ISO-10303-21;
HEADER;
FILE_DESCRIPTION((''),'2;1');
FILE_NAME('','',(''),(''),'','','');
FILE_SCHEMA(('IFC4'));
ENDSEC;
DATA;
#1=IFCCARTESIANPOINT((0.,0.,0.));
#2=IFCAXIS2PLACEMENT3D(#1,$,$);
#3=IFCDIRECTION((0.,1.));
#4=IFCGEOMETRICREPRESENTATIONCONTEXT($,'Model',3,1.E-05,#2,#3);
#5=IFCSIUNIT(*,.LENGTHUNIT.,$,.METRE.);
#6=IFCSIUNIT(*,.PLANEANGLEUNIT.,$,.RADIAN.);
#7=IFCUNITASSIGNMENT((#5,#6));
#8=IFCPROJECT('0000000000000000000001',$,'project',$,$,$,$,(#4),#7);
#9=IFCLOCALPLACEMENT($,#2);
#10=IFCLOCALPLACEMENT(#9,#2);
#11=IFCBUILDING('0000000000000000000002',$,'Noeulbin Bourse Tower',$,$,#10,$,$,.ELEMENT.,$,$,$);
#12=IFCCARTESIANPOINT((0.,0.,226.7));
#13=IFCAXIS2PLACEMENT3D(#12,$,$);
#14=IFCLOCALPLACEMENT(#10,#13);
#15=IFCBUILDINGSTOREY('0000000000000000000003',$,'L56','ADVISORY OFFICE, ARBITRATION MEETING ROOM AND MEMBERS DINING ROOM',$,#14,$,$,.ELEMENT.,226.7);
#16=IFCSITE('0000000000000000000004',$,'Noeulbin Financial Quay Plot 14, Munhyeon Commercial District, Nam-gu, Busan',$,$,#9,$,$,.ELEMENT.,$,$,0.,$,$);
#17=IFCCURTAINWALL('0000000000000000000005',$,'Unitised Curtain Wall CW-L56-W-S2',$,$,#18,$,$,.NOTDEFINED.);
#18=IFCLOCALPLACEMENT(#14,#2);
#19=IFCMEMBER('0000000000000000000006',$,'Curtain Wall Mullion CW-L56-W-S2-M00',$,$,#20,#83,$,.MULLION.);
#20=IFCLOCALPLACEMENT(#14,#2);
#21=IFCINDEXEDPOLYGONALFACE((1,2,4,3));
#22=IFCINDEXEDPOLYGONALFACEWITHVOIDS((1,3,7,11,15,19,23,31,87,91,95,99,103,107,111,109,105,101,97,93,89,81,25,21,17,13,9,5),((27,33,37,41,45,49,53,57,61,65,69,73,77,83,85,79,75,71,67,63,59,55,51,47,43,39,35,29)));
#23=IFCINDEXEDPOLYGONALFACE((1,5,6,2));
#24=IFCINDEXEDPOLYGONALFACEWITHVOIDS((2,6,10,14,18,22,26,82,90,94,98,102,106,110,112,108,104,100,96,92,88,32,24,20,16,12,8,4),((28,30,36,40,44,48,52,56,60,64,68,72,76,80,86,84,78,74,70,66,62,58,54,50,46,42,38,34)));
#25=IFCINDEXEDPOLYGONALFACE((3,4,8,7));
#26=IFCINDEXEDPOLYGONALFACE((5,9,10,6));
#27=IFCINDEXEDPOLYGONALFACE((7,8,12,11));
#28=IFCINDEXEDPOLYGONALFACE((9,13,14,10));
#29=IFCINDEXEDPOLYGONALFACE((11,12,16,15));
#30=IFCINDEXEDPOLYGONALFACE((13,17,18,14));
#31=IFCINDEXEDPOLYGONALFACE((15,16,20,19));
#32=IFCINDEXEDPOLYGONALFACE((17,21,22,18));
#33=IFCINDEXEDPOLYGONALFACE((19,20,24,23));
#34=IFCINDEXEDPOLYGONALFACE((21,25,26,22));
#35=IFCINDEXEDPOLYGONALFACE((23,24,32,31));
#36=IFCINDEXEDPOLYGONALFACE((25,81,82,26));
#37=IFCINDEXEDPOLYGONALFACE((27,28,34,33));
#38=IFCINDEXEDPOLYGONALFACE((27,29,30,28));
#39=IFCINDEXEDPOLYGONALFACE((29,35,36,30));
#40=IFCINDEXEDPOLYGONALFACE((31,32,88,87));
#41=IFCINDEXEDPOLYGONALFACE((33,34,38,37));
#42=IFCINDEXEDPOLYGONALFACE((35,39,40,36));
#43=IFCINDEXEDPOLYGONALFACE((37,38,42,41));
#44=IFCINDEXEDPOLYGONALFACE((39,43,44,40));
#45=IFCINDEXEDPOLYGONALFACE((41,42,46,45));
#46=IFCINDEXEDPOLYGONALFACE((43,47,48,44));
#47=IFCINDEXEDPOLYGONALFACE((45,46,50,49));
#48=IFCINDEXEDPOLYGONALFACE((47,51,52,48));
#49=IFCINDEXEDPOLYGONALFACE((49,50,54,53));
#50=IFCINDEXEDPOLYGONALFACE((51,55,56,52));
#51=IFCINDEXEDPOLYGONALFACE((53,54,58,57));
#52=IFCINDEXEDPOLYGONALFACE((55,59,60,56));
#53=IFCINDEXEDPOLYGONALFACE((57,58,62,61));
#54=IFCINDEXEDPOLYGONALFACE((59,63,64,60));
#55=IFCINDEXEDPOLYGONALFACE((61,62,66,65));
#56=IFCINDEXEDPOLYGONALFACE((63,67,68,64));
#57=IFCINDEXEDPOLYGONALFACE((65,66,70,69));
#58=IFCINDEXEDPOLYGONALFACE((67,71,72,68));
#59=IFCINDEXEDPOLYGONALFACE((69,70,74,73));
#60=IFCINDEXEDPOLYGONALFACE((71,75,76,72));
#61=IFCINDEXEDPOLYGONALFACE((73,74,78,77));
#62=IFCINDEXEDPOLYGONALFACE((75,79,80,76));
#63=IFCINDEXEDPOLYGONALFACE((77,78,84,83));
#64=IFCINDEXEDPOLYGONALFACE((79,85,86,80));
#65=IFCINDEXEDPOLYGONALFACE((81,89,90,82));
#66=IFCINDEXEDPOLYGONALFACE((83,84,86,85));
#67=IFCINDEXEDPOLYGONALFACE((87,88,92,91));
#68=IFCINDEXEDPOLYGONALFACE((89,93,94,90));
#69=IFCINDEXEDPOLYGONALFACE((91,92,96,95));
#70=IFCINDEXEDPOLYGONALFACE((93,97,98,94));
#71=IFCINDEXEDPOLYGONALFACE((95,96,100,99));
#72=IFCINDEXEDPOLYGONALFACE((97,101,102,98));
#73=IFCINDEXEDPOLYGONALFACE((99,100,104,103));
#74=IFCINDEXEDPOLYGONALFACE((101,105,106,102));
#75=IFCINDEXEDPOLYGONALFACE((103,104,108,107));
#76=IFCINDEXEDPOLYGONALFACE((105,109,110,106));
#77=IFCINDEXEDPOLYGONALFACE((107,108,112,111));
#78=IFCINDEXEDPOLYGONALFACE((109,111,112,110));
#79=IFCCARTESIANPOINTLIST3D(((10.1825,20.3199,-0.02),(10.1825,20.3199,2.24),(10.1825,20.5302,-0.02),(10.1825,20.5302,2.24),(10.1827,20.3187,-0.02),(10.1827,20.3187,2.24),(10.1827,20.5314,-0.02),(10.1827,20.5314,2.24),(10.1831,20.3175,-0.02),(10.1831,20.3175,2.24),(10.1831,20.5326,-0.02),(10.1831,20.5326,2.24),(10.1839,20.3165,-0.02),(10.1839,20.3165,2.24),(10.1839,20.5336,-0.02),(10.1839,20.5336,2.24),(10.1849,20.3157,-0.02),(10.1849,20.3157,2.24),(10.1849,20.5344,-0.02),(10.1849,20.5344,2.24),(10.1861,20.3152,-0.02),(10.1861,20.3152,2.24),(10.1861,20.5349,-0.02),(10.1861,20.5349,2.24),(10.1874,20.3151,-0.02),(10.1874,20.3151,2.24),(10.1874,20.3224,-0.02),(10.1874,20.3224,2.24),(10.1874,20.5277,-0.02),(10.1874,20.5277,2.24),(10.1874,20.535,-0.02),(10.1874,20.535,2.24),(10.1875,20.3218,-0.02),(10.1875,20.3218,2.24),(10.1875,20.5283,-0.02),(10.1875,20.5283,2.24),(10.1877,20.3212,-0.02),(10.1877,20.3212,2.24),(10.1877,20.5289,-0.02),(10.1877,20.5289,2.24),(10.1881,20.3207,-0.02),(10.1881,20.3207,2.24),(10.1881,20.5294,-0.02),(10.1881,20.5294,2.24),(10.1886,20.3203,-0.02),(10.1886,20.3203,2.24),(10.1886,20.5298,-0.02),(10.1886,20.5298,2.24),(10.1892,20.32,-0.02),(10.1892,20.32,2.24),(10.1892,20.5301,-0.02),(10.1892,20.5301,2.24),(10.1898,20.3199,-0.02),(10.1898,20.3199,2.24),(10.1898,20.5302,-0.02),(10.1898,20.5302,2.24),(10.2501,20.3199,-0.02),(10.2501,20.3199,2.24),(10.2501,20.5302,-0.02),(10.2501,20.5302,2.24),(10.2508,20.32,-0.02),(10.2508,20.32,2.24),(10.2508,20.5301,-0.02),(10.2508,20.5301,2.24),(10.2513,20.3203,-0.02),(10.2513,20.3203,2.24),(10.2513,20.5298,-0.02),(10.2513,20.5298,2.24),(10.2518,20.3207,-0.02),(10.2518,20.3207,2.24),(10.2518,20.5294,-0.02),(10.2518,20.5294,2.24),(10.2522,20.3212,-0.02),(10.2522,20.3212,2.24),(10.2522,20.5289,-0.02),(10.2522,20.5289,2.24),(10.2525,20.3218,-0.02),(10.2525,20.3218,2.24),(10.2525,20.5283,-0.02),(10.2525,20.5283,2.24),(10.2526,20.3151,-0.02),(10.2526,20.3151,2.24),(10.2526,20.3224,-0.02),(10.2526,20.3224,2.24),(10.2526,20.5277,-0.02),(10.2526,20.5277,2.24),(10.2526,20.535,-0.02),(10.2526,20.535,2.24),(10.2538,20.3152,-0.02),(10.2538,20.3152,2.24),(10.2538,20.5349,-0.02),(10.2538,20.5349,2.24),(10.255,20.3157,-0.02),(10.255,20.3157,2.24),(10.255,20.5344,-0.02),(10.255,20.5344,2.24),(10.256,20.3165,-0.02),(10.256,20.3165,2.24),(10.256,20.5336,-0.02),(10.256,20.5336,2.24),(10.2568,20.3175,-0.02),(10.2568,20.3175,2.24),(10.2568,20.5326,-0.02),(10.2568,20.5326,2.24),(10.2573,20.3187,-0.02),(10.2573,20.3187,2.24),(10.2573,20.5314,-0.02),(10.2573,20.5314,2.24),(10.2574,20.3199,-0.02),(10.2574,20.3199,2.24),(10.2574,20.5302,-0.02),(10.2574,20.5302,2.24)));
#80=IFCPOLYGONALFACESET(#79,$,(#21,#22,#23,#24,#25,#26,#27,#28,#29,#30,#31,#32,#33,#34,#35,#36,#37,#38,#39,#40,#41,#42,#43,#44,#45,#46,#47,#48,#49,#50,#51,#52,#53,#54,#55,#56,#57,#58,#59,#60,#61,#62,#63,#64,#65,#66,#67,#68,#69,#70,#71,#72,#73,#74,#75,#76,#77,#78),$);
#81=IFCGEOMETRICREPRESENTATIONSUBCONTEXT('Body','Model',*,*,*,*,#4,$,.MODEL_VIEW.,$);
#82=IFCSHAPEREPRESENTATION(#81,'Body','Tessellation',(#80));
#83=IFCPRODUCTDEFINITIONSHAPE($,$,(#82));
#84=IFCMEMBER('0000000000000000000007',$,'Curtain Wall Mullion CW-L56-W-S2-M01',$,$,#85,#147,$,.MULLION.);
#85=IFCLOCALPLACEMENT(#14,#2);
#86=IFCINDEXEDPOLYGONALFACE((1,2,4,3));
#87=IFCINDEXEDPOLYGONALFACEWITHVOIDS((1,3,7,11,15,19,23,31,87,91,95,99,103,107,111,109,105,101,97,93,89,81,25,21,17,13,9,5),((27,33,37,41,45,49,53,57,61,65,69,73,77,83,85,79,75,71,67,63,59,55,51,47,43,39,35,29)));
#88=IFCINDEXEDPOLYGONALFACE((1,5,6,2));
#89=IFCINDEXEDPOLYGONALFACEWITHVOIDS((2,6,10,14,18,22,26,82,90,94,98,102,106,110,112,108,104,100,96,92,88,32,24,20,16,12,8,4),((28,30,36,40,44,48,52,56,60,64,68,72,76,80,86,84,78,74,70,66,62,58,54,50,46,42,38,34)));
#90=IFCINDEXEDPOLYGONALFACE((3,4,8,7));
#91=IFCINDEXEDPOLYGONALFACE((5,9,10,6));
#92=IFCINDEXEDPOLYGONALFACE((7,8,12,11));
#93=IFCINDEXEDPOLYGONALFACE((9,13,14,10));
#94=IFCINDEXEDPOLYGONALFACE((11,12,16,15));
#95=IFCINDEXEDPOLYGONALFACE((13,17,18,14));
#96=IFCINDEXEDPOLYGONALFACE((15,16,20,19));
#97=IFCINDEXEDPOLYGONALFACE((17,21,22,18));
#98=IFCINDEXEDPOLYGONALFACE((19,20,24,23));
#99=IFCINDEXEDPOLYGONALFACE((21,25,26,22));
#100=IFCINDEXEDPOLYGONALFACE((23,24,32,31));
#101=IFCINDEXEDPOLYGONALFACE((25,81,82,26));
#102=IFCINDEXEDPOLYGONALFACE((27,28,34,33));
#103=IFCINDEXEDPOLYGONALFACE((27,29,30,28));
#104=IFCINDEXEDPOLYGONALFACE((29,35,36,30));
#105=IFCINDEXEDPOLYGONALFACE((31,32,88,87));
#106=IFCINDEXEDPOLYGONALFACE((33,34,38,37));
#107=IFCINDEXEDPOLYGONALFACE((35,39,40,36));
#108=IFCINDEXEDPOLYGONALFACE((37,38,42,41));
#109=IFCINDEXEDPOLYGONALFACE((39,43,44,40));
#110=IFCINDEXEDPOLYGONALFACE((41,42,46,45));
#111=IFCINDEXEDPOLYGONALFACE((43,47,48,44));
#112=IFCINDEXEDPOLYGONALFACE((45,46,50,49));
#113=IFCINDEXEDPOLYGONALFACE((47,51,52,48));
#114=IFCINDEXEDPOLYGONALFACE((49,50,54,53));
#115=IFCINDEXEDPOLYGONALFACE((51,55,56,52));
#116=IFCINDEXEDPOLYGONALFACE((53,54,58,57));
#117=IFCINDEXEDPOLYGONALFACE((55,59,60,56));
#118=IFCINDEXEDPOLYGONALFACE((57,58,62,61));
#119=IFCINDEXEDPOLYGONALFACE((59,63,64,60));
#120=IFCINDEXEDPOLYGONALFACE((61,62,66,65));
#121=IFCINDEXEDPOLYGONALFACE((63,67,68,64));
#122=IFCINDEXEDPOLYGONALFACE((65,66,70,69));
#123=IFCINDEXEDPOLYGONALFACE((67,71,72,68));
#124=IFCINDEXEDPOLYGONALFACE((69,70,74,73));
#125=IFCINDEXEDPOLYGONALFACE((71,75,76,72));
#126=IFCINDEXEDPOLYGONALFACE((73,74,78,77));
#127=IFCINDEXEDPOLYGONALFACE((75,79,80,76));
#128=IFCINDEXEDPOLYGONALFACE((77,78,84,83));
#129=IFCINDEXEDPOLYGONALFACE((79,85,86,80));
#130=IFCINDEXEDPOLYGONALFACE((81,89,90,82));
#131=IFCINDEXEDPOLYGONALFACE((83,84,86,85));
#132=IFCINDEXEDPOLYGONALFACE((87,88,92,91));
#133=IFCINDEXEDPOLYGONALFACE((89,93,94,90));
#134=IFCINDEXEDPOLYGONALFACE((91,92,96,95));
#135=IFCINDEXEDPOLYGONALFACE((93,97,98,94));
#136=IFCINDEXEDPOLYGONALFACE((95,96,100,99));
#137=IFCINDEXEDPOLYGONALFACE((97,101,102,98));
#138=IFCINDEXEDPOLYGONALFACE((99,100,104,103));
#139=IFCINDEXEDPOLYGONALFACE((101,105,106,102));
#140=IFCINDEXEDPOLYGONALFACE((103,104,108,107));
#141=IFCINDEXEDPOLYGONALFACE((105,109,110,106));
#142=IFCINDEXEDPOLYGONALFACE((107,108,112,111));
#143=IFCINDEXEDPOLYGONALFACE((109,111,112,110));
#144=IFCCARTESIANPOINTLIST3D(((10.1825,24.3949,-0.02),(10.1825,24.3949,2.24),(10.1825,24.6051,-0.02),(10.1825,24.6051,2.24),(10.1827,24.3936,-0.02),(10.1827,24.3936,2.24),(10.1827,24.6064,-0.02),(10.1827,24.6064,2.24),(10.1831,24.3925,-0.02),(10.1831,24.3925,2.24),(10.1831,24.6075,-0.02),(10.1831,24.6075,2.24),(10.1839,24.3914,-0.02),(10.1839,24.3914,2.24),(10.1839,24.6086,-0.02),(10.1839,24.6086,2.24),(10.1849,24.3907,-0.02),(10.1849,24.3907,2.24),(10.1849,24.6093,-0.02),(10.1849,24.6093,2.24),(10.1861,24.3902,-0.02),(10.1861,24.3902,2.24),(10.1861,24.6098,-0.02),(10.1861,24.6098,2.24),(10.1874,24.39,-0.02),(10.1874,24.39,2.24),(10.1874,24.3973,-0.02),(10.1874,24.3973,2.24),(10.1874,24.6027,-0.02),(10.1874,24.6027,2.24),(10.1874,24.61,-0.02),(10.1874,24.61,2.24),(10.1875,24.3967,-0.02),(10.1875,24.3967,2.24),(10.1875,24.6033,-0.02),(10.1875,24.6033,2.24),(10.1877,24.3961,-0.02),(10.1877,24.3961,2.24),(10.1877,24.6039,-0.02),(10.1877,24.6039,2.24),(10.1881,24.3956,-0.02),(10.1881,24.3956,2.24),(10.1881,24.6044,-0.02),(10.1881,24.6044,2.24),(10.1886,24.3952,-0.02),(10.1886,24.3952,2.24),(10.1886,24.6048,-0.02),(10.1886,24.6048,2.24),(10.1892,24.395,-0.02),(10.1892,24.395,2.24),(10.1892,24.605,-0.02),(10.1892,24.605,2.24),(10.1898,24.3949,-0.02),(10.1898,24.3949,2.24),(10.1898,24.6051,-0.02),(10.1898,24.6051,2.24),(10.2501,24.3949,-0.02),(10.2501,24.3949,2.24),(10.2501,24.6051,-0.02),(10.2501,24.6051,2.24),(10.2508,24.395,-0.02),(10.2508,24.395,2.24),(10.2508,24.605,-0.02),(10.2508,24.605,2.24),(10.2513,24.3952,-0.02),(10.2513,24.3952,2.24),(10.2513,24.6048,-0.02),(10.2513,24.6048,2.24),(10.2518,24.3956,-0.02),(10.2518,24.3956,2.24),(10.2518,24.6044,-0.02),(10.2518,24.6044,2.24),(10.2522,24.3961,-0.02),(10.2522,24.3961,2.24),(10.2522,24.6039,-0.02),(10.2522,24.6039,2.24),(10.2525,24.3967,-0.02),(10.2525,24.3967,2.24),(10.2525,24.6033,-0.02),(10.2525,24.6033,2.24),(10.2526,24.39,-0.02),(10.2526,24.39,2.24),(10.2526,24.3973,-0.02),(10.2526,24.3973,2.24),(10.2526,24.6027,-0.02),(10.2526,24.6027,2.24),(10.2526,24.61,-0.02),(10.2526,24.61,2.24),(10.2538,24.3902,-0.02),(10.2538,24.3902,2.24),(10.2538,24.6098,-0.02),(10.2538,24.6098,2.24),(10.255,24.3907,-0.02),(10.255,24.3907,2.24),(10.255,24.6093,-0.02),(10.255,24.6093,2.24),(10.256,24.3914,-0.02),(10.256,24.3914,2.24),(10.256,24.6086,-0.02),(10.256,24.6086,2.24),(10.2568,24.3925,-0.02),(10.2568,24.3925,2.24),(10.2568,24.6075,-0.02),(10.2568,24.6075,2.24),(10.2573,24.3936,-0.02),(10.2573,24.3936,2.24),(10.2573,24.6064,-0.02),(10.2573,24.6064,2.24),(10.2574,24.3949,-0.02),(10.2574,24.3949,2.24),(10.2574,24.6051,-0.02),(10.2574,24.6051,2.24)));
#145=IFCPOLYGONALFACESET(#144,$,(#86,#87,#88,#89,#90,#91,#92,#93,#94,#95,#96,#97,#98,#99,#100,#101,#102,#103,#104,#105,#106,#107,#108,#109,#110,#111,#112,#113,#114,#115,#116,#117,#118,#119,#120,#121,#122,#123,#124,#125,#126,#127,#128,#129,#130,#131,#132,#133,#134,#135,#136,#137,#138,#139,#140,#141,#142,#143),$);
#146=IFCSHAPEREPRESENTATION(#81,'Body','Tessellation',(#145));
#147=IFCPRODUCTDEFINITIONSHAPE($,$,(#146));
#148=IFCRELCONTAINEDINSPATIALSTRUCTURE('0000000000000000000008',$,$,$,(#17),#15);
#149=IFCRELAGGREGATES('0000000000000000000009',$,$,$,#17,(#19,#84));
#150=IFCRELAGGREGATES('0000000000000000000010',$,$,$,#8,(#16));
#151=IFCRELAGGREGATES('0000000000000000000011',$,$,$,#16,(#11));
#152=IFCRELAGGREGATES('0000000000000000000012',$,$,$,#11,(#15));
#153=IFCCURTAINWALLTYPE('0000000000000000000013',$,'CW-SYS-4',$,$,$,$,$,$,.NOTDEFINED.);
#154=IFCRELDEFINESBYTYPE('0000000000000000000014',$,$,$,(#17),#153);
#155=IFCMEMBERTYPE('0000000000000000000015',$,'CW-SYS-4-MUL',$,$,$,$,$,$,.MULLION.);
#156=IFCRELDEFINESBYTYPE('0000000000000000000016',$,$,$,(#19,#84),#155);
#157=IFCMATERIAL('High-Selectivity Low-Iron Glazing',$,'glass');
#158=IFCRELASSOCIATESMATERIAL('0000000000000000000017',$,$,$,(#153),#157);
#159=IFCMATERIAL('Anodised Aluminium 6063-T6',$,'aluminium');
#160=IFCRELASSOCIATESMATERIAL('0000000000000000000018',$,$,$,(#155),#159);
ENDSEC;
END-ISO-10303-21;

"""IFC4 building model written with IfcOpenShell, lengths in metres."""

from ifc_helpers import new_model, si_unit, direction, frame, origin, origin_2d, place, context, subcontext, project, spatial, hollow_rectangle, extrude, material, material_profile, profile_set, type_object, element, aggregate, save


model = new_model("IFC4")

# Units and contexts
model_context = context("Model", 3, precision=1e-05, world=origin(), true_north=direction((0.0, 1.0)))
body_context = subcontext(model_context, "Body", "Model", "MODEL_VIEW")
ifc_project = project(units=[si_unit("LENGTHUNIT", "METRE"), si_unit("PLANEANGLEUNIT", "RADIAN")], contexts=[model_context])

# Site, building, storey
site_placement = place(None, origin())
site = spatial("IfcSite", under=ifc_project, at=site_placement, Name="Noeulbin Financial Quay Plot 14, Munhyeon Commercial District, Nam-gu, Busan", CompositionType="ELEMENT", RefElevation=0.0)
building_placement = place(site_placement, origin())
building = spatial("IfcBuilding", under=site, at=building_placement, Name="Noeulbin Bourse Tower", CompositionType="ELEMENT")
storey_placement = place(building_placement, frame((0.0, 0.0, 226.7)))
storey = spatial("IfcBuildingStorey", under=building, at=storey_placement, Name="L56", Description="ADVISORY OFFICE, ARBITRATION MEETING ROOM AND MEMBERS DINING ROOM", CompositionType="ELEMENT", Elevation=226.7)

# Curtain wall, members
ifc_material_1 = material(Name="High-Selectivity Low-Iron Glazing", Category="glass")
curtain_wall_type = type_object("IfcCurtainWallType", Name="CW-SYS-4", PredefinedType="NOTDEFINED", material=ifc_material_1)
curtain_wall_placement = place(storey_placement, origin())
curtain_wall = element("IfcCurtainWall", 1, at=curtain_wall_placement, inside=storey, type_object=curtain_wall_type, Name="Unitised Curtain Wall CW-L56-W-S2", PredefinedType="NOTDEFINED")
ifc_material_2 = material(Name="Anodised Aluminium 6063-T6", Category="aluminium")
ifc_material_profile_1 = material_profile(ifc_material_2, hollow_rectangle(XDim=0.075, YDim=0.22, WallThickness=0.0049, InnerFilletRadius=0.0024, OuterFilletRadius=0.0049, at=origin_2d()), Name="ALU-MULL-75x220x5", Category="LoadBearing")
ifc_profile_set_1 = profile_set([ifc_material_profile_1], Name="Anodised Aluminium 6063-T6")
member_type_1 = type_object("IfcMemberType", Name="CW-SYS-4-MUL", PredefinedType="MULLION", material=ifc_profile_set_1)
member_1_placement = place(storey_placement, frame((10.22, 20.425, -0.02), z_axis=(0.0, 0.0, 1.0), x_axis=(1.0, 0.0, 0.0)))
member_1 = element("IfcMember", 2, at=member_1_placement, type_object=member_type_1, Name="Curtain Wall Mullion CW-L56-W-S2-M00", PredefinedType="MULLION", context=body_context, shape_type="SweptSolid", body=[
    extrude(hollow_rectangle(XDim=0.075, YDim=0.22, WallThickness=0.0049, InnerFilletRadius=0.0024, OuterFilletRadius=0.0049, at=origin_2d()), origin(), (0.0, 0.0, 1.0), 2.26),
])
member_2_placement = place(storey_placement, frame((10.22, 24.5, -0.02), z_axis=(0.0, 0.0, 1.0), x_axis=(1.0, 0.0, 0.0)))
member_2 = element("IfcMember", 3, at=member_2_placement, type_object=member_type_1, Name="Curtain Wall Mullion CW-L56-W-S2-M01", PredefinedType="MULLION", context=body_context, shape_type="SweptSolid", body=[
    extrude(hollow_rectangle(XDim=0.075, YDim=0.22, WallThickness=0.0049, InnerFilletRadius=0.0024, OuterFilletRadius=0.0049, at=origin_2d()), origin(), (0.0, 0.0, 1.0), 2.26),
])
aggregate(curtain_wall, [member_1, member_2])

save(model, "model.ifc")
